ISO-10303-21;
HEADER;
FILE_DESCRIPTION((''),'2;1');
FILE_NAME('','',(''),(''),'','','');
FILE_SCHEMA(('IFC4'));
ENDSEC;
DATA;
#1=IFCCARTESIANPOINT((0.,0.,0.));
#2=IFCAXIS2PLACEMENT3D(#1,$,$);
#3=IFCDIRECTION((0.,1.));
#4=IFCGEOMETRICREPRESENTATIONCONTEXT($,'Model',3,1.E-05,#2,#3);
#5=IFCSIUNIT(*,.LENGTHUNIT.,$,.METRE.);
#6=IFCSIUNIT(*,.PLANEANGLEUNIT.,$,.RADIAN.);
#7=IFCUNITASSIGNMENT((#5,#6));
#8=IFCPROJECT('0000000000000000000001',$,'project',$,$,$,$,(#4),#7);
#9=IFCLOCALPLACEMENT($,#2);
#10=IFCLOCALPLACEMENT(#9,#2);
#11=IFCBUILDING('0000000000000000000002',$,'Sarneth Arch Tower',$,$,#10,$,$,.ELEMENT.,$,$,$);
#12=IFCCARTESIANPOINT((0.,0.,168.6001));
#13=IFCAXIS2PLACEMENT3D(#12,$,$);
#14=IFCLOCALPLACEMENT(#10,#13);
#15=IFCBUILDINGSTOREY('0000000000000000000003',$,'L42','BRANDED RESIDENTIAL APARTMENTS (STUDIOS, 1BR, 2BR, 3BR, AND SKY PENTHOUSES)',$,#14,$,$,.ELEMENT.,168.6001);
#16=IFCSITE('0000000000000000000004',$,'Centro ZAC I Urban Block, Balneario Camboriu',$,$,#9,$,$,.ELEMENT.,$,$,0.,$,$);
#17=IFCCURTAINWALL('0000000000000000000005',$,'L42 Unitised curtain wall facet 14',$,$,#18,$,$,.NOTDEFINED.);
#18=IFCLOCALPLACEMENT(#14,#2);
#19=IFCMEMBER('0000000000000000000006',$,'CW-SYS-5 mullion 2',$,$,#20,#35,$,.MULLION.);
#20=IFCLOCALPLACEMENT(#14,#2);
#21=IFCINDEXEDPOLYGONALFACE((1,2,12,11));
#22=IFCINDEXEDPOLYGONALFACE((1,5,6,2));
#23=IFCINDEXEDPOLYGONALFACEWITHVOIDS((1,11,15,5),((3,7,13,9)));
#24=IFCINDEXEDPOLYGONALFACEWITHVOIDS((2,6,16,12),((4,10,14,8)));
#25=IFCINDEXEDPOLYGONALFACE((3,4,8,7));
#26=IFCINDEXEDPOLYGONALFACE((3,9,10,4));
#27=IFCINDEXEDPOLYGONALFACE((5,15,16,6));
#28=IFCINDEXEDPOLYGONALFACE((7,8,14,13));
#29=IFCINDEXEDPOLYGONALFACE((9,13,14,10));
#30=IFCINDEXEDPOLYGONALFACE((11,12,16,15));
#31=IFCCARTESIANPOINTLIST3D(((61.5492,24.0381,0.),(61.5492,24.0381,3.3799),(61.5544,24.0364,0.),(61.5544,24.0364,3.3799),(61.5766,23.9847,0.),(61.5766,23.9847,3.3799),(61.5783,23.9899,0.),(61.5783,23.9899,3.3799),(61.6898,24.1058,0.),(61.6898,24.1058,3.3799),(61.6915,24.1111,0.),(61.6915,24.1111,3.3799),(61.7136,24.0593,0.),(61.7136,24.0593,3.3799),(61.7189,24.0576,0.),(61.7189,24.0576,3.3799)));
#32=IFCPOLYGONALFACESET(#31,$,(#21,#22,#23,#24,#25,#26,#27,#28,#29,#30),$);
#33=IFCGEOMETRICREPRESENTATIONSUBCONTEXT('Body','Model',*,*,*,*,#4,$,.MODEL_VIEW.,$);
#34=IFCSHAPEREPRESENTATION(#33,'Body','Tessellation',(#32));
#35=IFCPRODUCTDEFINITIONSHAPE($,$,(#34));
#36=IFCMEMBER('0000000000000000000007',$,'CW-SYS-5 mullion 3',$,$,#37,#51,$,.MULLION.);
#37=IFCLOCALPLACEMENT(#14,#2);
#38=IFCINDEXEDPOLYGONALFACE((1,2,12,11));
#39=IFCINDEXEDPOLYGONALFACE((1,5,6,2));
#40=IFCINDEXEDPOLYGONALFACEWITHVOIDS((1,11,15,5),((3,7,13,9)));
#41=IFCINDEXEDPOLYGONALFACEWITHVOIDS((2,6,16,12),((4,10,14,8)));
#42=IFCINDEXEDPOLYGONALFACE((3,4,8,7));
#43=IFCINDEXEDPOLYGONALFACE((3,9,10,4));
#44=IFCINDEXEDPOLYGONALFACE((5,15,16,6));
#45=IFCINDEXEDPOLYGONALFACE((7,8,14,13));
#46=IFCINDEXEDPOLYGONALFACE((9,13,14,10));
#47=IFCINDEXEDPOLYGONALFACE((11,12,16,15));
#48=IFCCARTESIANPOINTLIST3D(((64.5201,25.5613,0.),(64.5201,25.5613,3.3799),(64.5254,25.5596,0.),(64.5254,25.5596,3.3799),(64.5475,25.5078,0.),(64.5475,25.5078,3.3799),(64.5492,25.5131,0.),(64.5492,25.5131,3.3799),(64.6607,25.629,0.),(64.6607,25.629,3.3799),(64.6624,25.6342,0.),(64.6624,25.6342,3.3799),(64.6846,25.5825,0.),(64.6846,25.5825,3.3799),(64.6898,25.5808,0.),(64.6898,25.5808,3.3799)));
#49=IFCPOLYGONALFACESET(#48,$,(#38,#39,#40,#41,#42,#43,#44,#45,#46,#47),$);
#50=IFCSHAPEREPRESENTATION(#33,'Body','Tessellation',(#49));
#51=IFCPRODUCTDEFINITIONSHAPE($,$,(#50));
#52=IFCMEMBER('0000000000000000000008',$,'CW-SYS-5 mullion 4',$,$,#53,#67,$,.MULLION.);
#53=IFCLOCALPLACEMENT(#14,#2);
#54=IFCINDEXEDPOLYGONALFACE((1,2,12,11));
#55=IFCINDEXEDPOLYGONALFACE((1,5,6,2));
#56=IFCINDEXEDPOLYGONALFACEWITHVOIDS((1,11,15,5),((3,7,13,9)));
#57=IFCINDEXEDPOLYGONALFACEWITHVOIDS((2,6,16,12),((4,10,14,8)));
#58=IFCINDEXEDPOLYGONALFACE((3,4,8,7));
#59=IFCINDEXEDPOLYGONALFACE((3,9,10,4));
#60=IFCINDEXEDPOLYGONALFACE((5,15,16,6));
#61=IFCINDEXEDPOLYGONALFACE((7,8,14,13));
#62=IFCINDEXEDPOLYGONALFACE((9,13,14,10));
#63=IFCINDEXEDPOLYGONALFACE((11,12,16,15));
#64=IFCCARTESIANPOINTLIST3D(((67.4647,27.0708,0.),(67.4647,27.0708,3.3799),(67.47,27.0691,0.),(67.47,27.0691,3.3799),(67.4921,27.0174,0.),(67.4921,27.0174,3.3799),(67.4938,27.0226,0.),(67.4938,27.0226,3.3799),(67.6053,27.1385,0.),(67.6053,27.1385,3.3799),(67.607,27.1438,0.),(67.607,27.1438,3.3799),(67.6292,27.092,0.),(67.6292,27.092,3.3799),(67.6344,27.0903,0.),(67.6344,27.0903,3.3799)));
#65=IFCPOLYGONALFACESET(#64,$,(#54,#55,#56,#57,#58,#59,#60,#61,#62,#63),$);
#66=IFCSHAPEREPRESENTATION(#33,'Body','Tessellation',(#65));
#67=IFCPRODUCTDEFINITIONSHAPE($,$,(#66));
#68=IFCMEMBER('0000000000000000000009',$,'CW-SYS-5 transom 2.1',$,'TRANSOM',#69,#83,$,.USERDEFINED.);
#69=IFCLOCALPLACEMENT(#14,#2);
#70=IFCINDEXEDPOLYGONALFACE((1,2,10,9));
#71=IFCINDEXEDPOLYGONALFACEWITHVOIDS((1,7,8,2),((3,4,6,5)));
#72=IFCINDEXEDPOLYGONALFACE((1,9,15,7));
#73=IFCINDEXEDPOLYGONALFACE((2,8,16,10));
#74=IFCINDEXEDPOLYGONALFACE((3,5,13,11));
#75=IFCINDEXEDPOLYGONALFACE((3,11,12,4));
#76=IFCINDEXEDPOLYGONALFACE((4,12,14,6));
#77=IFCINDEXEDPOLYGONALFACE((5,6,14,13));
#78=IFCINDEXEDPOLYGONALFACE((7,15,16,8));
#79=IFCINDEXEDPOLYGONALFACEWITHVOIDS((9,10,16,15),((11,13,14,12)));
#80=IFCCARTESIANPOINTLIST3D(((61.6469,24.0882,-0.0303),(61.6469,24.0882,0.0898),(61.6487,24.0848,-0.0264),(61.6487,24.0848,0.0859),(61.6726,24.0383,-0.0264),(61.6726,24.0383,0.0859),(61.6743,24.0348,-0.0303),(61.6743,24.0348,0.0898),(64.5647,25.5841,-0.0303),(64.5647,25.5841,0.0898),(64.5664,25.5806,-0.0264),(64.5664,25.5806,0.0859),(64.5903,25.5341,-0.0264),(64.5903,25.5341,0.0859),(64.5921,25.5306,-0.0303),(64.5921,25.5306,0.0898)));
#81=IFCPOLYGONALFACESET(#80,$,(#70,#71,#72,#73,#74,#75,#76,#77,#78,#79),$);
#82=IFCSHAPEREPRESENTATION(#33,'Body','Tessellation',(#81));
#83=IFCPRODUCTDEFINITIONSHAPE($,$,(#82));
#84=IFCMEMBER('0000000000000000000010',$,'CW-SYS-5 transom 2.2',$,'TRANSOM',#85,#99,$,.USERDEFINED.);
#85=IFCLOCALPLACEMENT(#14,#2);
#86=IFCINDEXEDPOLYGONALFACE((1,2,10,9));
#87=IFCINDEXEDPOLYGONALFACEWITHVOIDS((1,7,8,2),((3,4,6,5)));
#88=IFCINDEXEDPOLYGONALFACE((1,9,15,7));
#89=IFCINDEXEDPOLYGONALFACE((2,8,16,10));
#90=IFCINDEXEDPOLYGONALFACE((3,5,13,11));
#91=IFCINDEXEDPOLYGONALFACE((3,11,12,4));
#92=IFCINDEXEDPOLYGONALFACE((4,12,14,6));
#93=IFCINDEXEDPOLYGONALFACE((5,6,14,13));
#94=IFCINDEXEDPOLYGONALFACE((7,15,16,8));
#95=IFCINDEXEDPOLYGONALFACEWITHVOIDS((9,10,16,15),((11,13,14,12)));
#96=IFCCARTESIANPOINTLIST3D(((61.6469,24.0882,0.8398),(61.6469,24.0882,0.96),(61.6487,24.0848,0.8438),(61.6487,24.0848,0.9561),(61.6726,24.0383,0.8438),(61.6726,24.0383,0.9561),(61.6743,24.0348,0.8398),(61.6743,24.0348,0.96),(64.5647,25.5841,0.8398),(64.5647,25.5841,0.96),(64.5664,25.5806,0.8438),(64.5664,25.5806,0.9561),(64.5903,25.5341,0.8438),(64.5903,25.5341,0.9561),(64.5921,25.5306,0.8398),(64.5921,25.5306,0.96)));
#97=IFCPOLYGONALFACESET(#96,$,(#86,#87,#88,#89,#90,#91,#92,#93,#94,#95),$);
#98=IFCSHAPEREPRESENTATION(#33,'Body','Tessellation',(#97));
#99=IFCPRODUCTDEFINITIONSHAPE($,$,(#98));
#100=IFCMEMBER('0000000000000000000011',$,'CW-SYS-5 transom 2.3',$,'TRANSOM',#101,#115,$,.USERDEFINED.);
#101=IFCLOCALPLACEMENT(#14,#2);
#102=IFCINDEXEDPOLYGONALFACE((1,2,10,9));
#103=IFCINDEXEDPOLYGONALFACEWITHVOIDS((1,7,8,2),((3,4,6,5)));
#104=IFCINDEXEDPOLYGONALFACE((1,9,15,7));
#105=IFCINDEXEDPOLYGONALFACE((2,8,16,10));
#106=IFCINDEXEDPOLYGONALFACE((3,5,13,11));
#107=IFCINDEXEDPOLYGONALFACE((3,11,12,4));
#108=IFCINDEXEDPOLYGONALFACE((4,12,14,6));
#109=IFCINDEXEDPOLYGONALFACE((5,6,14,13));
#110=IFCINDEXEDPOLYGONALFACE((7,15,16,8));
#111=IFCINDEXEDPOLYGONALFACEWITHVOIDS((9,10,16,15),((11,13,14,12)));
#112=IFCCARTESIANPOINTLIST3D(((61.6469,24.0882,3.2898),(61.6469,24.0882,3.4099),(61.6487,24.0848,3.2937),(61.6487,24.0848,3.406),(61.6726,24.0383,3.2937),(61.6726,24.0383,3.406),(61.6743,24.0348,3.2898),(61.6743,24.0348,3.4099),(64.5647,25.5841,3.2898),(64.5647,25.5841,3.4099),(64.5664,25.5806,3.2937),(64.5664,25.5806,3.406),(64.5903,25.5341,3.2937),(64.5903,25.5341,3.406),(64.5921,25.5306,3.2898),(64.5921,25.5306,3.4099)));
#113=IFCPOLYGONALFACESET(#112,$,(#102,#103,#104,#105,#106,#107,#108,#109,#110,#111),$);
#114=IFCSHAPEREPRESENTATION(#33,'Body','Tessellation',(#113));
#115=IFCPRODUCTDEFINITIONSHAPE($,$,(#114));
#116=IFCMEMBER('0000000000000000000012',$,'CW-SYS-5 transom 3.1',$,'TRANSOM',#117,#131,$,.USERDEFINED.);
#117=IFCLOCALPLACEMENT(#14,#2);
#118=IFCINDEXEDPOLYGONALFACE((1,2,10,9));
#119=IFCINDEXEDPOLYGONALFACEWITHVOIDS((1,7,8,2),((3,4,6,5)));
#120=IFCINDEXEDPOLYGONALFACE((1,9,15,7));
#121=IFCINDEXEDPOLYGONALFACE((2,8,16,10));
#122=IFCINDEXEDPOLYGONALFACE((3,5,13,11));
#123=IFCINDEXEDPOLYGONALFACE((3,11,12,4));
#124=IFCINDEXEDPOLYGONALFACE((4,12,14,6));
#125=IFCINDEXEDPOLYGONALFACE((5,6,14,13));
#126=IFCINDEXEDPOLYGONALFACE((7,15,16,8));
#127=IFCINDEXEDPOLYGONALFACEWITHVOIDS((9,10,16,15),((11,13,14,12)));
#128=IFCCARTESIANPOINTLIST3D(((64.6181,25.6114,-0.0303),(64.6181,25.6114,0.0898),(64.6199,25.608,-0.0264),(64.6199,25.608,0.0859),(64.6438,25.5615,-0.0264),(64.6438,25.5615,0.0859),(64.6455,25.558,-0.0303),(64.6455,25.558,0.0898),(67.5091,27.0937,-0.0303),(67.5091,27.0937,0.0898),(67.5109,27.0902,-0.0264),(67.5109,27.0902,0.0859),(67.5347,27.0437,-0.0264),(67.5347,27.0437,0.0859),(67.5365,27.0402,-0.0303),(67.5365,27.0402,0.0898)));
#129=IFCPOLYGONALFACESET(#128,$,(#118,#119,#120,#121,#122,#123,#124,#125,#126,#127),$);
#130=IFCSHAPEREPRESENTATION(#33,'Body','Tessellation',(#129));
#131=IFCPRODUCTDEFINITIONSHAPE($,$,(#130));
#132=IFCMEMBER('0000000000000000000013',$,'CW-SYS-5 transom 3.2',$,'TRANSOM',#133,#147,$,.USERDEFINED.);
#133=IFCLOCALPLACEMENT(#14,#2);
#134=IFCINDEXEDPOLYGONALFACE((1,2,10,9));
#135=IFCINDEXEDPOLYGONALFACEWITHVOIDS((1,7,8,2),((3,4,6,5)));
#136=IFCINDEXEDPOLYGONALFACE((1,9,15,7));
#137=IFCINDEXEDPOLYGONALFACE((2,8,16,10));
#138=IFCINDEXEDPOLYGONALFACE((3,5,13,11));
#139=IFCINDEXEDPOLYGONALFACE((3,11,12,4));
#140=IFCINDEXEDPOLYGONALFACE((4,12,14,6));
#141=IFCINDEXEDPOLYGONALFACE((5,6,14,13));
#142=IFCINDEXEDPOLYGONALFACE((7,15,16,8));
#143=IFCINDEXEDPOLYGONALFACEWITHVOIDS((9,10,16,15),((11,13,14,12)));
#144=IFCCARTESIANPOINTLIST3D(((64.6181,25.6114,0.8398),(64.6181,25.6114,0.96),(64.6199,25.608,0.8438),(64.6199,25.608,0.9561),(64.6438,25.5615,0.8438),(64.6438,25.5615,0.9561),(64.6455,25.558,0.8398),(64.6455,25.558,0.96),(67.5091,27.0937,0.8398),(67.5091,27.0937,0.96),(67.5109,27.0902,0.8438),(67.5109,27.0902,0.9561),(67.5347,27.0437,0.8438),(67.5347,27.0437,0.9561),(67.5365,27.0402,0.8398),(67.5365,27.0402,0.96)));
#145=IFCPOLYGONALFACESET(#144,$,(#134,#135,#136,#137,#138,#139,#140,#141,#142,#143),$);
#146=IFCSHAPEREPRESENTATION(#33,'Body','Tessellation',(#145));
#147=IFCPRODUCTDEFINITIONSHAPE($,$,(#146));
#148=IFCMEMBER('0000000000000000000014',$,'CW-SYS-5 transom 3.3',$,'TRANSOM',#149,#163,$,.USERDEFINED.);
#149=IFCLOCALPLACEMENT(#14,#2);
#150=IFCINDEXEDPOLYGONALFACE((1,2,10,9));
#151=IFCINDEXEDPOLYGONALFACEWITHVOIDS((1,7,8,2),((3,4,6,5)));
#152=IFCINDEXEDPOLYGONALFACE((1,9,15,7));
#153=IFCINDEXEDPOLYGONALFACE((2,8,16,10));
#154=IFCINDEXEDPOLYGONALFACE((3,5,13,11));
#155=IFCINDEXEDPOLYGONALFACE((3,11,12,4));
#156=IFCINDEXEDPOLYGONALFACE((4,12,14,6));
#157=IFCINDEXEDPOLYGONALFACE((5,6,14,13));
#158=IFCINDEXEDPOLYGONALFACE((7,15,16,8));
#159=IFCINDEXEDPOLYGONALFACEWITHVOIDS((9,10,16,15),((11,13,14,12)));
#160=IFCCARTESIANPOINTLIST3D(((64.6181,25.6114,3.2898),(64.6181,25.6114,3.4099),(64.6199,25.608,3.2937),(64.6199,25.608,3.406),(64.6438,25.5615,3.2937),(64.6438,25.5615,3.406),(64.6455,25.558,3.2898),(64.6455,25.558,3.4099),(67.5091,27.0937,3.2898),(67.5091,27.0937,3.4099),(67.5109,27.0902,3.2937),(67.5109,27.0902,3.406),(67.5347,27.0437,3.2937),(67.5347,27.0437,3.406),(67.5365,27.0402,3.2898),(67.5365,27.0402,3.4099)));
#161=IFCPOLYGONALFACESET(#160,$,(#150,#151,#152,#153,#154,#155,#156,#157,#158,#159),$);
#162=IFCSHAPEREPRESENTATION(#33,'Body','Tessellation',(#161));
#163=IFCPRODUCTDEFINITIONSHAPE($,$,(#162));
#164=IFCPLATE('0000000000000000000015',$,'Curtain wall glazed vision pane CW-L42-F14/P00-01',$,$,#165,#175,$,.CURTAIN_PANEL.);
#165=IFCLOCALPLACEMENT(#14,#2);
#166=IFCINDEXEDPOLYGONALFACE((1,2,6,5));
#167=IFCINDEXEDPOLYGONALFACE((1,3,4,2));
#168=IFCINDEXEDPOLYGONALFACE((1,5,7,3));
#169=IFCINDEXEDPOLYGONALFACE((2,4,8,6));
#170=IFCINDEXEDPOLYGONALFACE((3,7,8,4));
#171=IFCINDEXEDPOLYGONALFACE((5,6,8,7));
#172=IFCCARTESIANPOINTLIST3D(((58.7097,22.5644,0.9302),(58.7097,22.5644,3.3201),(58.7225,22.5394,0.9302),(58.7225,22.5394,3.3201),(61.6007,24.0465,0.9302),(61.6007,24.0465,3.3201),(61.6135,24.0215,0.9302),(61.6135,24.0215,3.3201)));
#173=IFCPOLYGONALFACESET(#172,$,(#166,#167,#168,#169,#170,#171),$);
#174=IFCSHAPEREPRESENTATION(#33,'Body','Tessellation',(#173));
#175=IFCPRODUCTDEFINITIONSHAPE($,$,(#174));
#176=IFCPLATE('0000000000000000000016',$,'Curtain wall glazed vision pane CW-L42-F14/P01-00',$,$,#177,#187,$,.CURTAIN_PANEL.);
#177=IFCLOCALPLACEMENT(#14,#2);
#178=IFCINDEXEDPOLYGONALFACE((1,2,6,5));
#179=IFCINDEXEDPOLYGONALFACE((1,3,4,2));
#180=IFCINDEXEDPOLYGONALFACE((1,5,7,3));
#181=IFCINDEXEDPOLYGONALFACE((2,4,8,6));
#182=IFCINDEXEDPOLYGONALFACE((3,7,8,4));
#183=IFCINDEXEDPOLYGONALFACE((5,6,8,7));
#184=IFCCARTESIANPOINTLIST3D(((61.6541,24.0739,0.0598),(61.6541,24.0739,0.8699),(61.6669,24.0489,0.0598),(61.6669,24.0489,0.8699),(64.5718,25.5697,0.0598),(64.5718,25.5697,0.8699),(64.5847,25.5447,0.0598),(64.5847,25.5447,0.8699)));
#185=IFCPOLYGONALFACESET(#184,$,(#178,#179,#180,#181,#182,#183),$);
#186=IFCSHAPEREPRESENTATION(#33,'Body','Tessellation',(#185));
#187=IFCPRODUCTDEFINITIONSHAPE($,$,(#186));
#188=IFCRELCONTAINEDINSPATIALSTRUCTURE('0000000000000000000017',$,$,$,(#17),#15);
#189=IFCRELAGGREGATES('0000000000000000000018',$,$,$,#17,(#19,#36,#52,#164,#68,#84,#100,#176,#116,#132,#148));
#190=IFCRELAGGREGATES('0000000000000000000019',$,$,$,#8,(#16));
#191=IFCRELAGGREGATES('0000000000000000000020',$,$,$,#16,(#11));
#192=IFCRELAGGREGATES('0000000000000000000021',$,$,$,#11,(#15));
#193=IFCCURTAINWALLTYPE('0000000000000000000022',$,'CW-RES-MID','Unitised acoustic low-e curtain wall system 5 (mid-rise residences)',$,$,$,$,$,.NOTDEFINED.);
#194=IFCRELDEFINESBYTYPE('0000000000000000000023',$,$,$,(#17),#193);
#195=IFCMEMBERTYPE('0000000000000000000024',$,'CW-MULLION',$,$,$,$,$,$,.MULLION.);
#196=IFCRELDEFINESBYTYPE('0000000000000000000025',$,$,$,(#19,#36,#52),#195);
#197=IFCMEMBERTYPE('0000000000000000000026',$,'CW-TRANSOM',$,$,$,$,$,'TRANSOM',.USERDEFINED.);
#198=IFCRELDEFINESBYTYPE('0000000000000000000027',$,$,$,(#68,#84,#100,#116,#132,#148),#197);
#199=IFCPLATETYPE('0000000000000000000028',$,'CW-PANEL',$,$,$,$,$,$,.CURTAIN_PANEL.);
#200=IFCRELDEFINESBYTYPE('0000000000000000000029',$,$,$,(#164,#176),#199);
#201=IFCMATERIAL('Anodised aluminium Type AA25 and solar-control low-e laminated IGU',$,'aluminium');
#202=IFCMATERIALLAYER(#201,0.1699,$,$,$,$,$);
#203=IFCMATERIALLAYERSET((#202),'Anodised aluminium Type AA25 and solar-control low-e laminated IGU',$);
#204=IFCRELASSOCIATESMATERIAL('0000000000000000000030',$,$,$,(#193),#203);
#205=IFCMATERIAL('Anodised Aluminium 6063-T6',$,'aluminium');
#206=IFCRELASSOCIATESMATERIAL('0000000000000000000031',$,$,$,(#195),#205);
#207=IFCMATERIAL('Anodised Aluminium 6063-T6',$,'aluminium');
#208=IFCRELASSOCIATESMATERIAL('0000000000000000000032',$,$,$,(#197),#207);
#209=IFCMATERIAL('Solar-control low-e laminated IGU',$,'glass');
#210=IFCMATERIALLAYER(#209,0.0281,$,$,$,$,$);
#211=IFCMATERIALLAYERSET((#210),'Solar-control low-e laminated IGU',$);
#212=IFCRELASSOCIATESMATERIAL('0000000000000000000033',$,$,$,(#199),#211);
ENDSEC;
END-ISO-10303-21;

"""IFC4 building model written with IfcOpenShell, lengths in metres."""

from ifc_helpers import new_model, si_unit, direction, frame, origin, origin_2d, place, context, subcontext, project, spatial, rectangle, hollow_rectangle, extrude, material, layer, layer_set, material_profile, profile_set, type_object, element, aggregate, save


model = new_model("IFC4")

# Units and contexts
model_context = context("Model", 3, precision=1e-05, world=origin(), true_north=direction((0.0, 1.0)))
body_context = subcontext(model_context, "Body", "Model", "MODEL_VIEW")
ifc_project = project(units=[si_unit("LENGTHUNIT", "METRE"), si_unit("PLANEANGLEUNIT", "RADIAN")], contexts=[model_context])

# Site, building, storey
site_placement = place(None, origin())
site = spatial("IfcSite", under=ifc_project, at=site_placement, Name="Centro ZAC I Urban Block, Balneario Camboriu", CompositionType="ELEMENT", RefElevation=0.0)
building_placement = place(site_placement, origin())
building = spatial("IfcBuilding", under=site, at=building_placement, Name="Sarneth Arch Tower", CompositionType="ELEMENT")
storey_placement = place(building_placement, frame((0.0, 0.0, 168.6001)))
storey = spatial("IfcBuildingStorey", under=building, at=storey_placement, Name="L42", Description="BRANDED RESIDENTIAL APARTMENTS (STUDIOS, 1BR, 2BR, 3BR, AND SKY PENTHOUSES)", CompositionType="ELEMENT", Elevation=168.6001)

# Curtain wall, members, plates
ifc_material_1 = material(Name="Anodised aluminium Type AA25 and solar-control low-e laminated IGU", Category="aluminium")
ifc_layer_1 = layer(ifc_material_1, 0.1699)
ifc_layer_set_1 = layer_set([ifc_layer_1], Name="Anodised aluminium Type AA25 and solar-control low-e laminated IGU")
curtain_wall_type = type_object("IfcCurtainWallType", Name="CW-RES-MID", Description="Unitised acoustic low-e curtain wall system 5 (mid-rise residences)", PredefinedType="NOTDEFINED", material=ifc_layer_set_1)
curtain_wall_placement = place(storey_placement, origin())
curtain_wall = element("IfcCurtainWall", 1, at=curtain_wall_placement, inside=storey, type_object=curtain_wall_type, Name="L42 Unitised curtain wall facet 14", PredefinedType="NOTDEFINED")
ifc_material_2 = material(Name="Anodised Aluminium 6063-T6", Category="aluminium")
ifc_material_profile_1 = material_profile(ifc_material_2, hollow_rectangle(XDim=0.0601, YDim=0.1599, WallThickness=0.0039, at=origin_2d()), Name="AL-MULL-160x60x4")
ifc_profile_set_1 = profile_set([ifc_material_profile_1], Name="Anodised Aluminium 6063-T6")
member_type_1 = type_object("IfcMemberType", Name="CW-MULLION", PredefinedType="MULLION", material=ifc_profile_set_1)
member_1_placement = place(storey_placement, frame((61.634, 24.0479, 0.0), z_axis=(0.0, 0.0, 1.0), x_axis=(-0.456208, 0.889873, 0.0)))
member_1 = element("IfcMember", 2, at=member_1_placement, type_object=member_type_1, Name="CW-SYS-5 mullion 2", PredefinedType="MULLION", context=body_context, shape_type="SweptSolid", body=[
    extrude(hollow_rectangle(XDim=0.0601, YDim=0.1599, WallThickness=0.0039, at=origin_2d()), origin(), (0.0, 0.0, 1.0), 3.3799),
])
member_2_placement = place(storey_placement, frame((64.605, 25.571, 0.0), z_axis=(0.0, 0.0, 1.0), x_axis=(-0.456208, 0.889873, 0.0)))
member_2 = element("IfcMember", 3, at=member_2_placement, type_object=member_type_1, Name="CW-SYS-5 mullion 3", PredefinedType="MULLION", context=body_context, shape_type="SweptSolid", body=[
    extrude(hollow_rectangle(XDim=0.0601, YDim=0.1599, WallThickness=0.0039, at=origin_2d()), origin(), (0.0, 0.0, 1.0), 3.3799),
])
member_3_placement = place(storey_placement, frame((67.5496, 27.0806, 0.0), z_axis=(0.0, 0.0, 1.0), x_axis=(-0.456208, 0.889873, 0.0)))
member_3 = element("IfcMember", 4, at=member_3_placement, type_object=member_type_1, Name="CW-SYS-5 mullion 4", PredefinedType="MULLION", context=body_context, shape_type="SweptSolid", body=[
    extrude(hollow_rectangle(XDim=0.0601, YDim=0.1599, WallThickness=0.0039, at=origin_2d()), origin(), (0.0, 0.0, 1.0), 3.3799),
])
ifc_material_3 = material(Name="Anodised Aluminium 6063-T6", Category="aluminium")
ifc_material_profile_2 = material_profile(ifc_material_3, hollow_rectangle(XDim=0.0601, YDim=0.1201, WallThickness=0.0039, at=origin_2d()), Name="AL-TRAN-120x60x4")
ifc_profile_set_2 = profile_set([ifc_material_profile_2], Name="Anodised Aluminium 6063-T6")
member_type_2 = type_object("IfcMemberType", Name="CW-TRANSOM", ElementType="TRANSOM", PredefinedType="USERDEFINED", material=ifc_profile_set_2)
member_4_placement = place(storey_placement, frame((61.6606, 24.0615, 0.0298), z_axis=(0.889869, 0.456215, 0.0), x_axis=(-0.456215, 0.889869, 0.0)))
member_4 = element("IfcMember", 5, at=member_4_placement, type_object=member_type_2, Name="CW-SYS-5 transom 2.1", ObjectType="TRANSOM", PredefinedType="USERDEFINED", context=body_context, shape_type="SweptSolid", body=[
    extrude(hollow_rectangle(XDim=0.0601, YDim=0.1201, WallThickness=0.0039, at=origin_2d()), origin(), (0.0, 0.0, 1.0), 3.2788),
])
member_5_placement = place(storey_placement, frame((61.6606, 24.0615, 0.8999), z_axis=(0.889869, 0.456215, 0.0), x_axis=(-0.456215, 0.889869, 0.0)))
member_5 = element("IfcMember", 6, at=member_5_placement, type_object=member_type_2, Name="CW-SYS-5 transom 2.2", ObjectType="TRANSOM", PredefinedType="USERDEFINED", context=body_context, shape_type="SweptSolid", body=[
    extrude(hollow_rectangle(XDim=0.0601, YDim=0.1201, WallThickness=0.0039, at=origin_2d()), origin(), (0.0, 0.0, 1.0), 3.2788),
])
member_6_placement = place(storey_placement, frame((61.6606, 24.0615, 3.3499), z_axis=(0.889869, 0.456215, 0.0), x_axis=(-0.456215, 0.889869, 0.0)))
member_6 = element("IfcMember", 7, at=member_6_placement, type_object=member_type_2, Name="CW-SYS-5 transom 2.3", ObjectType="TRANSOM", PredefinedType="USERDEFINED", context=body_context, shape_type="SweptSolid", body=[
    extrude(hollow_rectangle(XDim=0.0601, YDim=0.1201, WallThickness=0.0039, at=origin_2d()), origin(), (0.0, 0.0, 1.0), 3.2788),
])
member_7_placement = place(storey_placement, frame((64.6318, 25.5847, 0.0298), z_axis=(0.889857, 0.456239, 0.0), x_axis=(-0.456239, 0.889857, 0.0)))
member_7 = element("IfcMember", 8, at=member_7_placement, type_object=member_type_2, Name="CW-SYS-5 transom 3.1", ObjectType="TRANSOM", PredefinedType="USERDEFINED", context=body_context, shape_type="SweptSolid", body=[
    extrude(hollow_rectangle(XDim=0.0601, YDim=0.1201, WallThickness=0.0039, at=origin_2d()), origin(), (0.0, 0.0, 1.0), 3.2488),
])
member_8_placement = place(storey_placement, frame((64.6318, 25.5847, 0.8999), z_axis=(0.889857, 0.456239, 0.0), x_axis=(-0.456239, 0.889857, 0.0)))
member_8 = element("IfcMember", 9, at=member_8_placement, type_object=member_type_2, Name="CW-SYS-5 transom 3.2", ObjectType="TRANSOM", PredefinedType="USERDEFINED", context=body_context, shape_type="SweptSolid", body=[
    extrude(hollow_rectangle(XDim=0.0601, YDim=0.1201, WallThickness=0.0039, at=origin_2d()), origin(), (0.0, 0.0, 1.0), 3.2488),
])
member_9_placement = place(storey_placement, frame((64.6318, 25.5847, 3.3499), z_axis=(0.889857, 0.456239, 0.0), x_axis=(-0.456239, 0.889857, 0.0)))
member_9 = element("IfcMember", 10, at=member_9_placement, type_object=member_type_2, Name="CW-SYS-5 transom 3.3", ObjectType="TRANSOM", PredefinedType="USERDEFINED", context=body_context, shape_type="SweptSolid", body=[
    extrude(hollow_rectangle(XDim=0.0601, YDim=0.1201, WallThickness=0.0039, at=origin_2d()), origin(), (0.0, 0.0, 1.0), 3.2488),
])
ifc_material_4 = material(Name="Solar-control low-e laminated IGU", Category="glass")
ifc_layer_2 = layer(ifc_material_4, 0.0281)
ifc_layer_set_2 = layer_set([ifc_layer_2], Name="Solar-control low-e laminated IGU")
plate_type_1 = type_object("IfcPlateType", Name="CW-PANEL", PredefinedType="CURTAIN_PANEL", material=ifc_layer_set_2)
plate_1_placement = place(storey_placement, frame((60.1616, 23.293, 0.9302), z_axis=(0.0, 0.0, 1.0), x_axis=(0.889873, 0.456208, 0.0)))
plate_1 = element("IfcPlate", 11, at=plate_1_placement, type_object=plate_type_1, Name="Curtain wall glazed vision pane CW-L42-F14/P00-01", PredefinedType="CURTAIN_PANEL", context=body_context, shape_type="SweptSolid", body=[
    extrude(rectangle(XDim=3.2488, YDim=0.0281, at=origin_2d()), origin(), (0.0, 0.0, 1.0), 2.3899),
])
plate_2_placement = place(storey_placement, frame((63.1194, 24.8093, 0.0598), z_axis=(0.0, 0.0, 1.0), x_axis=(0.889873, 0.456208, 0.0)))
plate_2 = element("IfcPlate", 12, at=plate_2_placement, type_object=plate_type_1, Name="Curtain wall glazed vision pane CW-L42-F14/P01-00", PredefinedType="CURTAIN_PANEL", context=body_context, shape_type="SweptSolid", body=[
    extrude(rectangle(XDim=3.2788, YDim=0.0281, at=origin_2d()), origin(), (0.0, 0.0, 1.0), 0.8101),
])
aggregate(curtain_wall, [member_1, member_2, member_3, plate_1, member_4, member_5, member_6, plate_2, member_7, member_8, member_9])

save(model, "model.ifc")
